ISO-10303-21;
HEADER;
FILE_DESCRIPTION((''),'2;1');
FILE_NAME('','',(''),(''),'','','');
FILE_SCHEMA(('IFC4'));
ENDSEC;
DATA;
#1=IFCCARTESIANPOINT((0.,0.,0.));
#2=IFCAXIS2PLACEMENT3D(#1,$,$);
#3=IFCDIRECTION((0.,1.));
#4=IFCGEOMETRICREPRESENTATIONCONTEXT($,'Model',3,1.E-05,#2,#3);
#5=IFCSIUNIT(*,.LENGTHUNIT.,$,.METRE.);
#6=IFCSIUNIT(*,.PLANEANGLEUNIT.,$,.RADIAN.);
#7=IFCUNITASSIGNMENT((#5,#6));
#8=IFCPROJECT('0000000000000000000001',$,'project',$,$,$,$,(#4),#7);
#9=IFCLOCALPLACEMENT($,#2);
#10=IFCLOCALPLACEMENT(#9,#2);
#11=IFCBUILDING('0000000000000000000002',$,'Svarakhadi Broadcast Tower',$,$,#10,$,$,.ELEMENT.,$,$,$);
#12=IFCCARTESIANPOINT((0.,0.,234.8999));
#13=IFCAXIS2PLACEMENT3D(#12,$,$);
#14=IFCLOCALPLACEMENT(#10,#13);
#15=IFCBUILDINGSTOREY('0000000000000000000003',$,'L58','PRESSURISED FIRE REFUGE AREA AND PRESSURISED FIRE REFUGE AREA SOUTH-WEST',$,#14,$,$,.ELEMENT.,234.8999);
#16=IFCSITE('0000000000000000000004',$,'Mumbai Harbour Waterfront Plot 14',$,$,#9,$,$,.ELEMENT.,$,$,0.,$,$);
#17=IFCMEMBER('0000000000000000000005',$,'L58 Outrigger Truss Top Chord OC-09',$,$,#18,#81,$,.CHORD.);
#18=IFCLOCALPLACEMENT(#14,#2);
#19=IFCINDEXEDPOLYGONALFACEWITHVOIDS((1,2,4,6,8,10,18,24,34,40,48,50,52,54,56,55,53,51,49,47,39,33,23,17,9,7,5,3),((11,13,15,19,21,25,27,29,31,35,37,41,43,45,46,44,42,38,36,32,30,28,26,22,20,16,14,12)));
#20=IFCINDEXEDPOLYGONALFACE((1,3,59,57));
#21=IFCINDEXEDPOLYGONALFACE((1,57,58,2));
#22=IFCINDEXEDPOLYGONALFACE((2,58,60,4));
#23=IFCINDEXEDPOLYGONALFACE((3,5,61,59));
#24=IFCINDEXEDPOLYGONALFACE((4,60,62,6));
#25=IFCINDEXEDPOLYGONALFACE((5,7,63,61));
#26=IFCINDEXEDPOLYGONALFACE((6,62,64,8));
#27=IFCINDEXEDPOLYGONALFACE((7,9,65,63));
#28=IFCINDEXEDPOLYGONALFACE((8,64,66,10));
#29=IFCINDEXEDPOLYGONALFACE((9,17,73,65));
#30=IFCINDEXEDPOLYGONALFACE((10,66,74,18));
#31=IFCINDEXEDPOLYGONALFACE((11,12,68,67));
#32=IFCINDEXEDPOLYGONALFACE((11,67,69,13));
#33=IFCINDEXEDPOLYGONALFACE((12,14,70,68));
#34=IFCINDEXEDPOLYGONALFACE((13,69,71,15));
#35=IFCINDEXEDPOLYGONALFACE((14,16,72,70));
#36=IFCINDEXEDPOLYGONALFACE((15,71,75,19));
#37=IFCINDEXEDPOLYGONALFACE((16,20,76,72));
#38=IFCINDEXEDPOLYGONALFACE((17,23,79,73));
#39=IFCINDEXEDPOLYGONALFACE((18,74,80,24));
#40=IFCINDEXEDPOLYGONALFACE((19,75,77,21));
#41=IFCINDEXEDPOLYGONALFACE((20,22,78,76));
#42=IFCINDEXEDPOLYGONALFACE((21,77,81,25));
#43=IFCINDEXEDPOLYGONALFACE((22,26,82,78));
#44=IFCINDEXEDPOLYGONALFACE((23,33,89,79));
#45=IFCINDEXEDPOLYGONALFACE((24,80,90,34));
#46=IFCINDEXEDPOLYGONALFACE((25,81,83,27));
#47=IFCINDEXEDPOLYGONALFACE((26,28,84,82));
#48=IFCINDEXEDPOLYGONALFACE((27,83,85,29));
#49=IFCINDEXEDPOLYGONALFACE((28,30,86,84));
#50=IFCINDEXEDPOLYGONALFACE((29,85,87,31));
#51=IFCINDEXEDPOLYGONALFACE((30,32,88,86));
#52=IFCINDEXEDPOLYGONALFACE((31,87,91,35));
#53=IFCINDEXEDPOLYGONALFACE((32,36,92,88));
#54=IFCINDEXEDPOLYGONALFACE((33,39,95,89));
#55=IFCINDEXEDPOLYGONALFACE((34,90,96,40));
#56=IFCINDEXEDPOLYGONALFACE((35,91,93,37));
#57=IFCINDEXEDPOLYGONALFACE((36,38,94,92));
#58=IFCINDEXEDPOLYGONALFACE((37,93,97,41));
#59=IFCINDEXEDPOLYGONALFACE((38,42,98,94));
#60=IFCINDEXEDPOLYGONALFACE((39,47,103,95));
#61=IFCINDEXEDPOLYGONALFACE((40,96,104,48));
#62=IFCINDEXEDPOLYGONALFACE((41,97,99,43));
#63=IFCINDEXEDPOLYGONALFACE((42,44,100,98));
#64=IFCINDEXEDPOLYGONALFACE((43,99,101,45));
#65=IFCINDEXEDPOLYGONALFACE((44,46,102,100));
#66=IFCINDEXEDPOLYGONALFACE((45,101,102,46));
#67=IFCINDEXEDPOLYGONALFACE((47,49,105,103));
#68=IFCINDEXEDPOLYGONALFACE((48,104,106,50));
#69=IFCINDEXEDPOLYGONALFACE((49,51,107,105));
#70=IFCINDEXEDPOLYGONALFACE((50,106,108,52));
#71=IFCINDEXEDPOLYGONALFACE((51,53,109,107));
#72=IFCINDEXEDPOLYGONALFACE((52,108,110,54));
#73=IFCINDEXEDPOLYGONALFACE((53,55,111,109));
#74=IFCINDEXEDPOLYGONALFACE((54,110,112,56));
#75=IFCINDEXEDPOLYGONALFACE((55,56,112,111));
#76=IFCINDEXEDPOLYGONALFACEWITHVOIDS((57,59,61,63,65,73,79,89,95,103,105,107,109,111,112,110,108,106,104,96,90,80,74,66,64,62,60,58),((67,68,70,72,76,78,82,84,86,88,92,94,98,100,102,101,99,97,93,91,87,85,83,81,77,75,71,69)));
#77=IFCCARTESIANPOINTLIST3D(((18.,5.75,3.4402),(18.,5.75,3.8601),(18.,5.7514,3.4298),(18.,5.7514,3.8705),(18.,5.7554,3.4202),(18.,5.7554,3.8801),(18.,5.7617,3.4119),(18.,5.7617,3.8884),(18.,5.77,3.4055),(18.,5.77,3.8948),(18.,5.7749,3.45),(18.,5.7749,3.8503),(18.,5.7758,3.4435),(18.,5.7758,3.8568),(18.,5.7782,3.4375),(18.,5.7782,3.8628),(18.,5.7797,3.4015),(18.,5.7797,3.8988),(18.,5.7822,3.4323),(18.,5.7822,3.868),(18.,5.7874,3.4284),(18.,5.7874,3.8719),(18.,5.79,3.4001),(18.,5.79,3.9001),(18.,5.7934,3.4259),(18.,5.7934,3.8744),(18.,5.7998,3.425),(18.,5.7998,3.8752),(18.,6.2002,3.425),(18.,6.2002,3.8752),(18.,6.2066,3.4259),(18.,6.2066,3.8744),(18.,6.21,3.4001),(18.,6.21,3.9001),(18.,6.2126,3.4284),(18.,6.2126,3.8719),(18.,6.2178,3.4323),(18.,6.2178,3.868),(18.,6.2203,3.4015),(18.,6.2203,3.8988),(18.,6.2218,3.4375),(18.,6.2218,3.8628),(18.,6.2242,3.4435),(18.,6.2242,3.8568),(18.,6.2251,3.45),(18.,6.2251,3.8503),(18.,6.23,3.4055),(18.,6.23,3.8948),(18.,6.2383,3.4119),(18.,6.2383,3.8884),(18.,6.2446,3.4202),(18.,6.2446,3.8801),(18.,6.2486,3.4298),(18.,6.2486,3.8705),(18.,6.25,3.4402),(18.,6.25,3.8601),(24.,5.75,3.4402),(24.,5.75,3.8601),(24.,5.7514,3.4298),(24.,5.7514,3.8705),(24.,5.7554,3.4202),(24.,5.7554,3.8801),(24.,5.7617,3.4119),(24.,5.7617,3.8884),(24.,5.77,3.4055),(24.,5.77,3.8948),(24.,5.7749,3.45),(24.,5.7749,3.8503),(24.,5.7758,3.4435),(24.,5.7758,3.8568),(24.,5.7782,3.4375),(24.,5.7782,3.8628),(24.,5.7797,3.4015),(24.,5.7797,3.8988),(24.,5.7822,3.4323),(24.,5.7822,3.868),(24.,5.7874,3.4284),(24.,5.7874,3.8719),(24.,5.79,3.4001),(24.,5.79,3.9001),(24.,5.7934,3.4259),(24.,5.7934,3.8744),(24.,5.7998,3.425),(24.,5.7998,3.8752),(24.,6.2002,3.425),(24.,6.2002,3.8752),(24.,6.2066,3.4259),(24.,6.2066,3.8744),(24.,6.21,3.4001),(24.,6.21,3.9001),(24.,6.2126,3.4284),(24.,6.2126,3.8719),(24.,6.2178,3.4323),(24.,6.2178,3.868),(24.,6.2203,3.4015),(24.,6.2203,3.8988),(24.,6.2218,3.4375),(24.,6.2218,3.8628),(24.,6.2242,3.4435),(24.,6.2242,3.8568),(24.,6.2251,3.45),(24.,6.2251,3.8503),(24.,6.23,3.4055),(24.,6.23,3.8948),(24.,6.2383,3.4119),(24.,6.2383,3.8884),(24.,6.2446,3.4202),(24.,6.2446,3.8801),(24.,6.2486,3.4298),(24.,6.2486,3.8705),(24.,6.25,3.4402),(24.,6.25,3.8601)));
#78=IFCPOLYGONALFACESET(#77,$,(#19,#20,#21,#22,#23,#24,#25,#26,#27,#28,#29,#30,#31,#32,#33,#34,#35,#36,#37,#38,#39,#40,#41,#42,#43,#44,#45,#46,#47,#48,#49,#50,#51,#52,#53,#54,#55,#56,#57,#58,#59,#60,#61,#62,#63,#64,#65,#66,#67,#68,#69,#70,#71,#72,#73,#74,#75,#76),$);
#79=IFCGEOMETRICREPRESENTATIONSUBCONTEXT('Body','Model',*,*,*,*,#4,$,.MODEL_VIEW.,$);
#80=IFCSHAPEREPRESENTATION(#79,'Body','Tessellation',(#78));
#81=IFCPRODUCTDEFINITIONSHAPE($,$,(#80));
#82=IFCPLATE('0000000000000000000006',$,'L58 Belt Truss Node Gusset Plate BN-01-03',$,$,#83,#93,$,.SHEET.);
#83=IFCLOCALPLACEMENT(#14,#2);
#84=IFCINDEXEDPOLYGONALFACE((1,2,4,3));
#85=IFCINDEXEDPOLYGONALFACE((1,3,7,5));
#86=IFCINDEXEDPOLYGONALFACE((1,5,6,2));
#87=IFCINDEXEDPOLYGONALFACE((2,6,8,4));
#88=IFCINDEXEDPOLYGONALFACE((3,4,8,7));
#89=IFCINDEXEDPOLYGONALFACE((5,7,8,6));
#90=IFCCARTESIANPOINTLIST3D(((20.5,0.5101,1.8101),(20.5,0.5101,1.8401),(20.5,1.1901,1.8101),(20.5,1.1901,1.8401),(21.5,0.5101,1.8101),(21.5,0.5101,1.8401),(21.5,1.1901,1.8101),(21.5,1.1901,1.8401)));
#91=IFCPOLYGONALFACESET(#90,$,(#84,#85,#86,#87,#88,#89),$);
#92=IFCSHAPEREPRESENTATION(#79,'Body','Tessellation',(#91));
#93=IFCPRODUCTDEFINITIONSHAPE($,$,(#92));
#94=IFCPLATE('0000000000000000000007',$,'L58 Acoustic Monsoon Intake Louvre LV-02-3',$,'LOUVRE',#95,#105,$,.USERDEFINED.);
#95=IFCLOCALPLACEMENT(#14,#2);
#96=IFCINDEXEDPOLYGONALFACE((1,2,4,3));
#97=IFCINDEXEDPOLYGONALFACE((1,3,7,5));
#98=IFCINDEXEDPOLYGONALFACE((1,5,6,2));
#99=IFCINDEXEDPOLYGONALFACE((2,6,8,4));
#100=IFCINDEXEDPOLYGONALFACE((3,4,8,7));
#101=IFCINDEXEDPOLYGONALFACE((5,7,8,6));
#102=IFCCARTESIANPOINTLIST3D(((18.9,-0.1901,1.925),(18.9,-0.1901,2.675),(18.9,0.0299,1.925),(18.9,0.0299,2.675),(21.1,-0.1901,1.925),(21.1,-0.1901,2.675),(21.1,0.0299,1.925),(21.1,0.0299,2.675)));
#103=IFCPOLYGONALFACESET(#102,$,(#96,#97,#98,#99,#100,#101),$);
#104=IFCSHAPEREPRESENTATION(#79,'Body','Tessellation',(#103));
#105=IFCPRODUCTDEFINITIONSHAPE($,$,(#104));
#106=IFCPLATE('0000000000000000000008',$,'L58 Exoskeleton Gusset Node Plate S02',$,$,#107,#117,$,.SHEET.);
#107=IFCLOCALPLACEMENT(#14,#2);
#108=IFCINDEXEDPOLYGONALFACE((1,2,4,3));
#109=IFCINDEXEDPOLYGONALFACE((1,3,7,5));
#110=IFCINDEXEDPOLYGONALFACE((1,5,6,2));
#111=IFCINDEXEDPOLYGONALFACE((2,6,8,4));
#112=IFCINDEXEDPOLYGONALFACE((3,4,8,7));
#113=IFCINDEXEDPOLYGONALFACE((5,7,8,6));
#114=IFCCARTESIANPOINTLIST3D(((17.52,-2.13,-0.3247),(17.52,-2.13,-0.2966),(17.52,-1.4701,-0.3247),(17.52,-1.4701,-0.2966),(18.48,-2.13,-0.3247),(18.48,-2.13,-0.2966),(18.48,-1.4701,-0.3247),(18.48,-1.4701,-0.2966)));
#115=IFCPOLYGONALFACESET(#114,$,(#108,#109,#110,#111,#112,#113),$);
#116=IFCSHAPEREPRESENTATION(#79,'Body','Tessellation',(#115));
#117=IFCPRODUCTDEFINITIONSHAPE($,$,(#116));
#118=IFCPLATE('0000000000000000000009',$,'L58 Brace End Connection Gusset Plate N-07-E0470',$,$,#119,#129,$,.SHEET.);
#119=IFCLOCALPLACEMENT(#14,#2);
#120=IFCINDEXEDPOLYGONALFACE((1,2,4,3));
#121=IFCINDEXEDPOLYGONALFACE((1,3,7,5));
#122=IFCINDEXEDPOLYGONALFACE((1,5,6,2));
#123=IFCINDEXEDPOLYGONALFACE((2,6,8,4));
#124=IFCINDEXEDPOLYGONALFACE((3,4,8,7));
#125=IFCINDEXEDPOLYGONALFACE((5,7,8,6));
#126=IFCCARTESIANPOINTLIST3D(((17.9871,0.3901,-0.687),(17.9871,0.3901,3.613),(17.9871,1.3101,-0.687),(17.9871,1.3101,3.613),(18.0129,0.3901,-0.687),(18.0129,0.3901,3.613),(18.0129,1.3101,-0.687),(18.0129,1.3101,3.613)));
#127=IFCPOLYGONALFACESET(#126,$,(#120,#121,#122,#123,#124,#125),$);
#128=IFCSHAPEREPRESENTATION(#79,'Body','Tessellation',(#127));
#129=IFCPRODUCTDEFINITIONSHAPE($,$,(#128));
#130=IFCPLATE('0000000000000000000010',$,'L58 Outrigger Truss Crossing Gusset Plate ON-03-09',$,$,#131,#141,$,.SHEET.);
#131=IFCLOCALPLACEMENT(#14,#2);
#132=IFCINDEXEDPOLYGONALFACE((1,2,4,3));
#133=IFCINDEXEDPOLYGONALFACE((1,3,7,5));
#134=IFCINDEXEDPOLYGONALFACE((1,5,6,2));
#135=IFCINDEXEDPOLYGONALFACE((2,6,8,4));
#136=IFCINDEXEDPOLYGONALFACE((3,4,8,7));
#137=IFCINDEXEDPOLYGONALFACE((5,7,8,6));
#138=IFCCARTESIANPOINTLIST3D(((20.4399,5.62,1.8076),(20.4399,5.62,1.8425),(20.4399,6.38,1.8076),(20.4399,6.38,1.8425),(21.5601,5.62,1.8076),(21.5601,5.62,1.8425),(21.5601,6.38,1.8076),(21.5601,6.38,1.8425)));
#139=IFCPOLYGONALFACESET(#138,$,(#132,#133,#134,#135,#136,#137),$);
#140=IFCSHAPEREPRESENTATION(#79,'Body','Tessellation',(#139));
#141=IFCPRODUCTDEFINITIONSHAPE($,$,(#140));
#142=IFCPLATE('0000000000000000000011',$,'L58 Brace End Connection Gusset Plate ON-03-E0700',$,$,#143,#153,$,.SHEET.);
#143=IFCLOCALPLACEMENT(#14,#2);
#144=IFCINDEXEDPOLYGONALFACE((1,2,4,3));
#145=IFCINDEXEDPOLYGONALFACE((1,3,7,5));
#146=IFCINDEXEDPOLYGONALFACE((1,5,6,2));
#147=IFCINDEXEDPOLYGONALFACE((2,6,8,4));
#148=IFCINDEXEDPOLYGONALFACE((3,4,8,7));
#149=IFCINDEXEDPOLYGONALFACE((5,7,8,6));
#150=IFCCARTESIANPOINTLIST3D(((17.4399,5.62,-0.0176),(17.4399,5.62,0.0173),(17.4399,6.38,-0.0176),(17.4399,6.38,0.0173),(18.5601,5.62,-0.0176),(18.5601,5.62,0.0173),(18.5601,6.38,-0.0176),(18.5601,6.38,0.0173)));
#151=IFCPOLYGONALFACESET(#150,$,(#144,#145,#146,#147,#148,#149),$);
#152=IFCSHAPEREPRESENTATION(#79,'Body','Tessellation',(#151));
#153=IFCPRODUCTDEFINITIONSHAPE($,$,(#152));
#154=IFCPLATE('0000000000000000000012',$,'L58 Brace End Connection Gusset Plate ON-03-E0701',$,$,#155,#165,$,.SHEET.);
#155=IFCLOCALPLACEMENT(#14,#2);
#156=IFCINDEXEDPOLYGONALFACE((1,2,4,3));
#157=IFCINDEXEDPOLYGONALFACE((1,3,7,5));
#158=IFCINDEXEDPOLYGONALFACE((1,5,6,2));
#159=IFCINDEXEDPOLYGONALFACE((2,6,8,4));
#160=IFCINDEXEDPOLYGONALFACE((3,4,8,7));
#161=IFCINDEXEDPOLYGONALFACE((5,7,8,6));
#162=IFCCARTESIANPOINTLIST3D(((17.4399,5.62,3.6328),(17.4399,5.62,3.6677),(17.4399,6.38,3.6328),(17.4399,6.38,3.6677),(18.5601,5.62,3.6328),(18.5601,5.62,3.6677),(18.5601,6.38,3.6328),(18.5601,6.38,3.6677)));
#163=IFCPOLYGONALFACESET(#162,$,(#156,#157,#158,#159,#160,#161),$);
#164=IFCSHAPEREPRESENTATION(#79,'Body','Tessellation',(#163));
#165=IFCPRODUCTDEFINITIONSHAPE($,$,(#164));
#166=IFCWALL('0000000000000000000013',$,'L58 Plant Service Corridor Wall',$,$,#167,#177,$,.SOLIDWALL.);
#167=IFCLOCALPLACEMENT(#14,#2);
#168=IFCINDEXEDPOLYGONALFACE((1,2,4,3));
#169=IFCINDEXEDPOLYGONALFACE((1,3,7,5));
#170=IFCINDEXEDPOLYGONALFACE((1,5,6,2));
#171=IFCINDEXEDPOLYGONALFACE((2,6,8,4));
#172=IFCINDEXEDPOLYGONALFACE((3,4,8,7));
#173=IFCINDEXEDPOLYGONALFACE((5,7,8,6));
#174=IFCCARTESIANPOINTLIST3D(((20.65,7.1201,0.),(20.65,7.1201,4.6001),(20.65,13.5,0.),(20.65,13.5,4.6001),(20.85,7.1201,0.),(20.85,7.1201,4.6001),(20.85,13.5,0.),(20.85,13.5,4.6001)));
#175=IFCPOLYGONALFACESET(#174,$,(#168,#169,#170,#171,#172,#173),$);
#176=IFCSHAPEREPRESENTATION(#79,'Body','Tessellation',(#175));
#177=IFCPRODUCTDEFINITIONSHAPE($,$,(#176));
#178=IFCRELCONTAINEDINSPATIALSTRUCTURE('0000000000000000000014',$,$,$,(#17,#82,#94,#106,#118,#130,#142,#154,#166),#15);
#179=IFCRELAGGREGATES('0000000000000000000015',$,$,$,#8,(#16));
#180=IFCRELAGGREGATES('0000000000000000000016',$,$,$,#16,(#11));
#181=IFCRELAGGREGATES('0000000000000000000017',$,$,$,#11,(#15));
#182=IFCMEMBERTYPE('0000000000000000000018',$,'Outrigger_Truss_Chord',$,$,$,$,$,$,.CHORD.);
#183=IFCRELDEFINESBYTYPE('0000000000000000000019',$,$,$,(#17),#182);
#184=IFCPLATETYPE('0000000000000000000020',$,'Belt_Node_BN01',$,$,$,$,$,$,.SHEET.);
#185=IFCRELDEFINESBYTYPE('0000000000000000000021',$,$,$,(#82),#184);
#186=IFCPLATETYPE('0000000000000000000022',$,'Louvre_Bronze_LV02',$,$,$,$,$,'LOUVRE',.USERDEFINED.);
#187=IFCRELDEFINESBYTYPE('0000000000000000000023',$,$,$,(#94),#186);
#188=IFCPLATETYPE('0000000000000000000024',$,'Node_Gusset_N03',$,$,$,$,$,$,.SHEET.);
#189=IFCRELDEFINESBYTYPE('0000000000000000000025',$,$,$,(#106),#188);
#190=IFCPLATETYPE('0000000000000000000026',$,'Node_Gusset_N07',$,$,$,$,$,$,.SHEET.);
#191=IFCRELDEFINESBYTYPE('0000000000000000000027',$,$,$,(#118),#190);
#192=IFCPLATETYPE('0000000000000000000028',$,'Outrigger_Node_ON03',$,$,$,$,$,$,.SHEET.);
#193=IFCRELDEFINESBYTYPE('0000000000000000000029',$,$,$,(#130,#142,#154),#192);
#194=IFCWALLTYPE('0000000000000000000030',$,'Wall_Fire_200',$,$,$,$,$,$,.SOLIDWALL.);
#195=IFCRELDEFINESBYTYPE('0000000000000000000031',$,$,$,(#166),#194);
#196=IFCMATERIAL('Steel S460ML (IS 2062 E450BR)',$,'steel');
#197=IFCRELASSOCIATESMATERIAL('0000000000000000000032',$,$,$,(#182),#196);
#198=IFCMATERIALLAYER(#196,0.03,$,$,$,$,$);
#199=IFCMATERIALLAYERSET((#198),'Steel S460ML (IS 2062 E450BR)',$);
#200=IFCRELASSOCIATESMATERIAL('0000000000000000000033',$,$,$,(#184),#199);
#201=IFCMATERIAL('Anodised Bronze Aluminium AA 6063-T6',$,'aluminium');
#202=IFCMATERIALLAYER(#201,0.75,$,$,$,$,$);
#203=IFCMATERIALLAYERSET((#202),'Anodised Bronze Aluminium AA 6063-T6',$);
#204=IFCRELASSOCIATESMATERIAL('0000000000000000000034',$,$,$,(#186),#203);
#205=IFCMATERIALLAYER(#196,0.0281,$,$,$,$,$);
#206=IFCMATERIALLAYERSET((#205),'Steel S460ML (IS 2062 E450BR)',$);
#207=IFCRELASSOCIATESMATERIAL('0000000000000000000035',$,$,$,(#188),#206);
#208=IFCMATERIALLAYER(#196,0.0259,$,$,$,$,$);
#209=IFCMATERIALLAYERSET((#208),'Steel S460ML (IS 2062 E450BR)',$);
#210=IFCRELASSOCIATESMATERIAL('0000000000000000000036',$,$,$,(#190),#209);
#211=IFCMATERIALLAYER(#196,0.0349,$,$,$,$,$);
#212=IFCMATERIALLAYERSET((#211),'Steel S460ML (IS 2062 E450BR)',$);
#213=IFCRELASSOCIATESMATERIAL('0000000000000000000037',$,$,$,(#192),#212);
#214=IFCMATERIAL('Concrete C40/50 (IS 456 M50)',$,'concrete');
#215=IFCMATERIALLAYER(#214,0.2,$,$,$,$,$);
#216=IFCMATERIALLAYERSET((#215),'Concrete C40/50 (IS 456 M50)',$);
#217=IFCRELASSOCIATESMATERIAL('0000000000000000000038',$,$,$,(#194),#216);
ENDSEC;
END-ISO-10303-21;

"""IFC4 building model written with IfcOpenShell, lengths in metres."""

from ifc_helpers import new_model, si_unit, direction, frame, frame_2d, origin, origin_2d, place, context, subcontext, project, spatial, rectangle, hollow_rectangle, extrude, material, layer, layer_set, material_profile, profile_set, type_object, element, save


model = new_model("IFC4")

# Units and contexts
model_context = context("Model", 3, precision=1e-05, world=origin(), true_north=direction((0.0, 1.0)))
body_context = subcontext(model_context, "Body", "Model", "MODEL_VIEW")
ifc_project = project(units=[si_unit("LENGTHUNIT", "METRE"), si_unit("PLANEANGLEUNIT", "RADIAN")], contexts=[model_context])

# Site, building, storey
site_placement = place(None, origin())
site = spatial("IfcSite", under=ifc_project, at=site_placement, Name="Mumbai Harbour Waterfront Plot 14", CompositionType="ELEMENT", RefElevation=0.0)
building_placement = place(site_placement, origin())
building = spatial("IfcBuilding", under=site, at=building_placement, Name="Svarakhadi Broadcast Tower", CompositionType="ELEMENT")
storey_placement = place(building_placement, frame((0.0, 0.0, 234.8999)))
storey = spatial("IfcBuildingStorey", under=building, at=storey_placement, Name="L58", Description="PRESSURISED FIRE REFUGE AREA AND PRESSURISED FIRE REFUGE AREA SOUTH-WEST", CompositionType="ELEMENT", Elevation=234.8999)

# Shared definitions
ifc_material_1 = material(Name="Steel S460ML (IS 2062 E450BR)", Category="steel")

# Member
ifc_material_profile_1 = material_profile(ifc_material_1, hollow_rectangle(XDim=0.5, YDim=0.5, WallThickness=0.0249, InnerFilletRadius=0.0249, OuterFilletRadius=0.04, at=origin_2d()), Name="SHS 500x500x25")
ifc_profile_set_1 = profile_set([ifc_material_profile_1], Name="Steel S460ML (IS 2062 E450BR)")
member_type_1 = type_object("IfcMemberType", Name="Outrigger_Truss_Chord", PredefinedType="CHORD", material=ifc_profile_set_1)
member_1_placement = place(storey_placement, frame((18.0, 6.0, 3.6501), z_axis=(1.0, 0.0, 0.0), x_axis=(0.0, 1.0, 0.0)))
element("IfcMember", 1, at=member_1_placement, inside=storey, type_object=member_type_1, Name="L58 Outrigger Truss Top Chord OC-09", PredefinedType="CHORD", context=body_context, shape_type="SweptSolid", body=[
    extrude(hollow_rectangle(XDim=0.5, YDim=0.5, WallThickness=0.0249, InnerFilletRadius=0.0249, OuterFilletRadius=0.04, at=origin_2d()), origin(), (0.0, 0.0, 1.0), 6.0),
])

# Plates
ifc_layer_1 = layer(ifc_material_1, 0.03)
ifc_layer_set_1 = layer_set([ifc_layer_1], Name="Steel S460ML (IS 2062 E450BR)")
plate_type_1 = type_object("IfcPlateType", Name="Belt_Node_BN01", PredefinedType="SHEET", material=ifc_layer_set_1)
plate_1_placement = place(storey_placement, frame((21.0, 0.8501, 1.8101), z_axis=(0.0, 0.0, 1.0), x_axis=(1.0, 0.0, 0.0)))
element("IfcPlate", 2, at=plate_1_placement, inside=storey, type_object=plate_type_1, Name="L58 Belt Truss Node Gusset Plate BN-01-03", PredefinedType="SHEET", context=body_context, shape_type="SweptSolid", body=[
    extrude(rectangle(XDim=1.0, YDim=0.6799, at=origin_2d()), origin(), (0.0, 0.0, 1.0), 0.03),
])
ifc_material_2 = material(Name="Anodised Bronze Aluminium AA 6063-T6", Category="aluminium")
ifc_layer_2 = layer(ifc_material_2, 0.75)
ifc_layer_set_2 = layer_set([ifc_layer_2], Name="Anodised Bronze Aluminium AA 6063-T6")
plate_type_2 = type_object("IfcPlateType", Name="Louvre_Bronze_LV02", ElementType="LOUVRE", PredefinedType="USERDEFINED", material=ifc_layer_set_2)
plate_2_placement = place(storey_placement, frame((20.0, -0.0801, 1.925), z_axis=(0.0, 0.0, 1.0), x_axis=(1.0, 0.0, 0.0)))
element("IfcPlate", 3, at=plate_2_placement, inside=storey, type_object=plate_type_2, Name="L58 Acoustic Monsoon Intake Louvre LV-02-3", ObjectType="LOUVRE", PredefinedType="USERDEFINED", context=body_context, shape_type="SweptSolid", body=[
    extrude(rectangle(XDim=2.2, YDim=0.22, at=origin_2d()), origin(), (0.0, 0.0, 1.0), 0.75),
])
ifc_layer_3 = layer(ifc_material_1, 0.0281)
ifc_layer_set_3 = layer_set([ifc_layer_3], Name="Steel S460ML (IS 2062 E450BR)")
plate_type_3 = type_object("IfcPlateType", Name="Node_Gusset_N03", PredefinedType="SHEET", material=ifc_layer_set_3)
plate_3_placement = place(storey_placement, frame((18.0, -1.8, -0.3247), z_axis=(0.0, 0.0, 1.0), x_axis=(1.0, 0.0, 0.0)))
element("IfcPlate", 4, at=plate_3_placement, inside=storey, type_object=plate_type_3, Name="L58 Exoskeleton Gusset Node Plate S02", PredefinedType="SHEET", context=body_context, shape_type="SweptSolid", body=[
    extrude(rectangle(XDim=0.96, YDim=0.6599, at=origin_2d()), origin(), (0.0, 0.0, 1.0), 0.0281),
])
ifc_layer_4 = layer(ifc_material_1, 0.0259)
ifc_layer_set_4 = layer_set([ifc_layer_4], Name="Steel S460ML (IS 2062 E450BR)")
plate_type_4 = type_object("IfcPlateType", Name="Node_Gusset_N07", PredefinedType="SHEET", material=ifc_layer_set_4)
plate_4_placement = place(storey_placement, frame((18.0, 0.8501, -0.687), z_axis=(0.0, 0.0, 1.0), x_axis=(0.0, 1.0, 0.0)))
element("IfcPlate", 5, at=plate_4_placement, inside=storey, type_object=plate_type_4, Name="L58 Brace End Connection Gusset Plate N-07-E0470", PredefinedType="SHEET", context=body_context, shape_type="SweptSolid", body=[
    extrude(rectangle(XDim=0.9199, YDim=0.0259, at=origin_2d()), origin(), (0.0, 0.0, 1.0), 4.3),
])
ifc_layer_5 = layer(ifc_material_1, 0.0349)
ifc_layer_set_5 = layer_set([ifc_layer_5], Name="Steel S460ML (IS 2062 E450BR)")
plate_type_5 = type_object("IfcPlateType", Name="Outrigger_Node_ON03", PredefinedType="SHEET", material=ifc_layer_set_5)
for number, where, z_axis, x_axis, name in (
    (6, (21.0, 6.0, 1.8076), (0.0, 0.0, 1.0), (1.0, 0.0, 0.0), "L58 Outrigger Truss Crossing Gusset Plate ON-03-09"),
    (7, (18.0, 6.0, -0.0176), (0.0, 0.0, 1.0), (1.0, 0.0, 0.0), "L58 Brace End Connection Gusset Plate ON-03-E0700"),
    (8, (18.0, 6.0, 3.6328), (0.0, 0.0, 1.0), (1.0, 0.0, 0.0), "L58 Brace End Connection Gusset Plate ON-03-E0701"),
):
    element("IfcPlate", number, at=place(storey_placement, frame(where, z_axis=z_axis, x_axis=x_axis)), inside=storey, type_object=plate_type_5, Name=name, PredefinedType="SHEET", context=body_context, shape_type="SweptSolid", body=[
        extrude(rectangle(XDim=1.1201, YDim=0.76, at=origin_2d()), origin(), (0.0, 0.0, 1.0), 0.0349),
    ])

# Wall
ifc_material_3 = material(Name="Concrete C40/50 (IS 456 M50)", Category="concrete")
ifc_layer_6 = layer(ifc_material_3, 0.2)
ifc_layer_set_6 = layer_set([ifc_layer_6], Name="Concrete C40/50 (IS 456 M50)")
wall_type = type_object("IfcWallType", Name="Wall_Fire_200", PredefinedType="SOLIDWALL", material=ifc_layer_set_6)
wall_placement = place(storey_placement, frame((20.75, 7.1201, 0.0), z_axis=(0.0, 0.0, 1.0), x_axis=(0.0, 1.0, 0.0)))
element("IfcWall", 9, at=wall_placement, inside=storey, type_object=wall_type, Name="L58 Plant Service Corridor Wall", PredefinedType="SOLIDWALL", context=body_context, shape_type="SweptSolid", body=[
    extrude(rectangle(XDim=6.3799, YDim=0.2, at=frame_2d((3.1899, 0.0))), origin(), (0.0, 0.0, 1.0), 4.6001),
])

save(model, "model.ifc")
